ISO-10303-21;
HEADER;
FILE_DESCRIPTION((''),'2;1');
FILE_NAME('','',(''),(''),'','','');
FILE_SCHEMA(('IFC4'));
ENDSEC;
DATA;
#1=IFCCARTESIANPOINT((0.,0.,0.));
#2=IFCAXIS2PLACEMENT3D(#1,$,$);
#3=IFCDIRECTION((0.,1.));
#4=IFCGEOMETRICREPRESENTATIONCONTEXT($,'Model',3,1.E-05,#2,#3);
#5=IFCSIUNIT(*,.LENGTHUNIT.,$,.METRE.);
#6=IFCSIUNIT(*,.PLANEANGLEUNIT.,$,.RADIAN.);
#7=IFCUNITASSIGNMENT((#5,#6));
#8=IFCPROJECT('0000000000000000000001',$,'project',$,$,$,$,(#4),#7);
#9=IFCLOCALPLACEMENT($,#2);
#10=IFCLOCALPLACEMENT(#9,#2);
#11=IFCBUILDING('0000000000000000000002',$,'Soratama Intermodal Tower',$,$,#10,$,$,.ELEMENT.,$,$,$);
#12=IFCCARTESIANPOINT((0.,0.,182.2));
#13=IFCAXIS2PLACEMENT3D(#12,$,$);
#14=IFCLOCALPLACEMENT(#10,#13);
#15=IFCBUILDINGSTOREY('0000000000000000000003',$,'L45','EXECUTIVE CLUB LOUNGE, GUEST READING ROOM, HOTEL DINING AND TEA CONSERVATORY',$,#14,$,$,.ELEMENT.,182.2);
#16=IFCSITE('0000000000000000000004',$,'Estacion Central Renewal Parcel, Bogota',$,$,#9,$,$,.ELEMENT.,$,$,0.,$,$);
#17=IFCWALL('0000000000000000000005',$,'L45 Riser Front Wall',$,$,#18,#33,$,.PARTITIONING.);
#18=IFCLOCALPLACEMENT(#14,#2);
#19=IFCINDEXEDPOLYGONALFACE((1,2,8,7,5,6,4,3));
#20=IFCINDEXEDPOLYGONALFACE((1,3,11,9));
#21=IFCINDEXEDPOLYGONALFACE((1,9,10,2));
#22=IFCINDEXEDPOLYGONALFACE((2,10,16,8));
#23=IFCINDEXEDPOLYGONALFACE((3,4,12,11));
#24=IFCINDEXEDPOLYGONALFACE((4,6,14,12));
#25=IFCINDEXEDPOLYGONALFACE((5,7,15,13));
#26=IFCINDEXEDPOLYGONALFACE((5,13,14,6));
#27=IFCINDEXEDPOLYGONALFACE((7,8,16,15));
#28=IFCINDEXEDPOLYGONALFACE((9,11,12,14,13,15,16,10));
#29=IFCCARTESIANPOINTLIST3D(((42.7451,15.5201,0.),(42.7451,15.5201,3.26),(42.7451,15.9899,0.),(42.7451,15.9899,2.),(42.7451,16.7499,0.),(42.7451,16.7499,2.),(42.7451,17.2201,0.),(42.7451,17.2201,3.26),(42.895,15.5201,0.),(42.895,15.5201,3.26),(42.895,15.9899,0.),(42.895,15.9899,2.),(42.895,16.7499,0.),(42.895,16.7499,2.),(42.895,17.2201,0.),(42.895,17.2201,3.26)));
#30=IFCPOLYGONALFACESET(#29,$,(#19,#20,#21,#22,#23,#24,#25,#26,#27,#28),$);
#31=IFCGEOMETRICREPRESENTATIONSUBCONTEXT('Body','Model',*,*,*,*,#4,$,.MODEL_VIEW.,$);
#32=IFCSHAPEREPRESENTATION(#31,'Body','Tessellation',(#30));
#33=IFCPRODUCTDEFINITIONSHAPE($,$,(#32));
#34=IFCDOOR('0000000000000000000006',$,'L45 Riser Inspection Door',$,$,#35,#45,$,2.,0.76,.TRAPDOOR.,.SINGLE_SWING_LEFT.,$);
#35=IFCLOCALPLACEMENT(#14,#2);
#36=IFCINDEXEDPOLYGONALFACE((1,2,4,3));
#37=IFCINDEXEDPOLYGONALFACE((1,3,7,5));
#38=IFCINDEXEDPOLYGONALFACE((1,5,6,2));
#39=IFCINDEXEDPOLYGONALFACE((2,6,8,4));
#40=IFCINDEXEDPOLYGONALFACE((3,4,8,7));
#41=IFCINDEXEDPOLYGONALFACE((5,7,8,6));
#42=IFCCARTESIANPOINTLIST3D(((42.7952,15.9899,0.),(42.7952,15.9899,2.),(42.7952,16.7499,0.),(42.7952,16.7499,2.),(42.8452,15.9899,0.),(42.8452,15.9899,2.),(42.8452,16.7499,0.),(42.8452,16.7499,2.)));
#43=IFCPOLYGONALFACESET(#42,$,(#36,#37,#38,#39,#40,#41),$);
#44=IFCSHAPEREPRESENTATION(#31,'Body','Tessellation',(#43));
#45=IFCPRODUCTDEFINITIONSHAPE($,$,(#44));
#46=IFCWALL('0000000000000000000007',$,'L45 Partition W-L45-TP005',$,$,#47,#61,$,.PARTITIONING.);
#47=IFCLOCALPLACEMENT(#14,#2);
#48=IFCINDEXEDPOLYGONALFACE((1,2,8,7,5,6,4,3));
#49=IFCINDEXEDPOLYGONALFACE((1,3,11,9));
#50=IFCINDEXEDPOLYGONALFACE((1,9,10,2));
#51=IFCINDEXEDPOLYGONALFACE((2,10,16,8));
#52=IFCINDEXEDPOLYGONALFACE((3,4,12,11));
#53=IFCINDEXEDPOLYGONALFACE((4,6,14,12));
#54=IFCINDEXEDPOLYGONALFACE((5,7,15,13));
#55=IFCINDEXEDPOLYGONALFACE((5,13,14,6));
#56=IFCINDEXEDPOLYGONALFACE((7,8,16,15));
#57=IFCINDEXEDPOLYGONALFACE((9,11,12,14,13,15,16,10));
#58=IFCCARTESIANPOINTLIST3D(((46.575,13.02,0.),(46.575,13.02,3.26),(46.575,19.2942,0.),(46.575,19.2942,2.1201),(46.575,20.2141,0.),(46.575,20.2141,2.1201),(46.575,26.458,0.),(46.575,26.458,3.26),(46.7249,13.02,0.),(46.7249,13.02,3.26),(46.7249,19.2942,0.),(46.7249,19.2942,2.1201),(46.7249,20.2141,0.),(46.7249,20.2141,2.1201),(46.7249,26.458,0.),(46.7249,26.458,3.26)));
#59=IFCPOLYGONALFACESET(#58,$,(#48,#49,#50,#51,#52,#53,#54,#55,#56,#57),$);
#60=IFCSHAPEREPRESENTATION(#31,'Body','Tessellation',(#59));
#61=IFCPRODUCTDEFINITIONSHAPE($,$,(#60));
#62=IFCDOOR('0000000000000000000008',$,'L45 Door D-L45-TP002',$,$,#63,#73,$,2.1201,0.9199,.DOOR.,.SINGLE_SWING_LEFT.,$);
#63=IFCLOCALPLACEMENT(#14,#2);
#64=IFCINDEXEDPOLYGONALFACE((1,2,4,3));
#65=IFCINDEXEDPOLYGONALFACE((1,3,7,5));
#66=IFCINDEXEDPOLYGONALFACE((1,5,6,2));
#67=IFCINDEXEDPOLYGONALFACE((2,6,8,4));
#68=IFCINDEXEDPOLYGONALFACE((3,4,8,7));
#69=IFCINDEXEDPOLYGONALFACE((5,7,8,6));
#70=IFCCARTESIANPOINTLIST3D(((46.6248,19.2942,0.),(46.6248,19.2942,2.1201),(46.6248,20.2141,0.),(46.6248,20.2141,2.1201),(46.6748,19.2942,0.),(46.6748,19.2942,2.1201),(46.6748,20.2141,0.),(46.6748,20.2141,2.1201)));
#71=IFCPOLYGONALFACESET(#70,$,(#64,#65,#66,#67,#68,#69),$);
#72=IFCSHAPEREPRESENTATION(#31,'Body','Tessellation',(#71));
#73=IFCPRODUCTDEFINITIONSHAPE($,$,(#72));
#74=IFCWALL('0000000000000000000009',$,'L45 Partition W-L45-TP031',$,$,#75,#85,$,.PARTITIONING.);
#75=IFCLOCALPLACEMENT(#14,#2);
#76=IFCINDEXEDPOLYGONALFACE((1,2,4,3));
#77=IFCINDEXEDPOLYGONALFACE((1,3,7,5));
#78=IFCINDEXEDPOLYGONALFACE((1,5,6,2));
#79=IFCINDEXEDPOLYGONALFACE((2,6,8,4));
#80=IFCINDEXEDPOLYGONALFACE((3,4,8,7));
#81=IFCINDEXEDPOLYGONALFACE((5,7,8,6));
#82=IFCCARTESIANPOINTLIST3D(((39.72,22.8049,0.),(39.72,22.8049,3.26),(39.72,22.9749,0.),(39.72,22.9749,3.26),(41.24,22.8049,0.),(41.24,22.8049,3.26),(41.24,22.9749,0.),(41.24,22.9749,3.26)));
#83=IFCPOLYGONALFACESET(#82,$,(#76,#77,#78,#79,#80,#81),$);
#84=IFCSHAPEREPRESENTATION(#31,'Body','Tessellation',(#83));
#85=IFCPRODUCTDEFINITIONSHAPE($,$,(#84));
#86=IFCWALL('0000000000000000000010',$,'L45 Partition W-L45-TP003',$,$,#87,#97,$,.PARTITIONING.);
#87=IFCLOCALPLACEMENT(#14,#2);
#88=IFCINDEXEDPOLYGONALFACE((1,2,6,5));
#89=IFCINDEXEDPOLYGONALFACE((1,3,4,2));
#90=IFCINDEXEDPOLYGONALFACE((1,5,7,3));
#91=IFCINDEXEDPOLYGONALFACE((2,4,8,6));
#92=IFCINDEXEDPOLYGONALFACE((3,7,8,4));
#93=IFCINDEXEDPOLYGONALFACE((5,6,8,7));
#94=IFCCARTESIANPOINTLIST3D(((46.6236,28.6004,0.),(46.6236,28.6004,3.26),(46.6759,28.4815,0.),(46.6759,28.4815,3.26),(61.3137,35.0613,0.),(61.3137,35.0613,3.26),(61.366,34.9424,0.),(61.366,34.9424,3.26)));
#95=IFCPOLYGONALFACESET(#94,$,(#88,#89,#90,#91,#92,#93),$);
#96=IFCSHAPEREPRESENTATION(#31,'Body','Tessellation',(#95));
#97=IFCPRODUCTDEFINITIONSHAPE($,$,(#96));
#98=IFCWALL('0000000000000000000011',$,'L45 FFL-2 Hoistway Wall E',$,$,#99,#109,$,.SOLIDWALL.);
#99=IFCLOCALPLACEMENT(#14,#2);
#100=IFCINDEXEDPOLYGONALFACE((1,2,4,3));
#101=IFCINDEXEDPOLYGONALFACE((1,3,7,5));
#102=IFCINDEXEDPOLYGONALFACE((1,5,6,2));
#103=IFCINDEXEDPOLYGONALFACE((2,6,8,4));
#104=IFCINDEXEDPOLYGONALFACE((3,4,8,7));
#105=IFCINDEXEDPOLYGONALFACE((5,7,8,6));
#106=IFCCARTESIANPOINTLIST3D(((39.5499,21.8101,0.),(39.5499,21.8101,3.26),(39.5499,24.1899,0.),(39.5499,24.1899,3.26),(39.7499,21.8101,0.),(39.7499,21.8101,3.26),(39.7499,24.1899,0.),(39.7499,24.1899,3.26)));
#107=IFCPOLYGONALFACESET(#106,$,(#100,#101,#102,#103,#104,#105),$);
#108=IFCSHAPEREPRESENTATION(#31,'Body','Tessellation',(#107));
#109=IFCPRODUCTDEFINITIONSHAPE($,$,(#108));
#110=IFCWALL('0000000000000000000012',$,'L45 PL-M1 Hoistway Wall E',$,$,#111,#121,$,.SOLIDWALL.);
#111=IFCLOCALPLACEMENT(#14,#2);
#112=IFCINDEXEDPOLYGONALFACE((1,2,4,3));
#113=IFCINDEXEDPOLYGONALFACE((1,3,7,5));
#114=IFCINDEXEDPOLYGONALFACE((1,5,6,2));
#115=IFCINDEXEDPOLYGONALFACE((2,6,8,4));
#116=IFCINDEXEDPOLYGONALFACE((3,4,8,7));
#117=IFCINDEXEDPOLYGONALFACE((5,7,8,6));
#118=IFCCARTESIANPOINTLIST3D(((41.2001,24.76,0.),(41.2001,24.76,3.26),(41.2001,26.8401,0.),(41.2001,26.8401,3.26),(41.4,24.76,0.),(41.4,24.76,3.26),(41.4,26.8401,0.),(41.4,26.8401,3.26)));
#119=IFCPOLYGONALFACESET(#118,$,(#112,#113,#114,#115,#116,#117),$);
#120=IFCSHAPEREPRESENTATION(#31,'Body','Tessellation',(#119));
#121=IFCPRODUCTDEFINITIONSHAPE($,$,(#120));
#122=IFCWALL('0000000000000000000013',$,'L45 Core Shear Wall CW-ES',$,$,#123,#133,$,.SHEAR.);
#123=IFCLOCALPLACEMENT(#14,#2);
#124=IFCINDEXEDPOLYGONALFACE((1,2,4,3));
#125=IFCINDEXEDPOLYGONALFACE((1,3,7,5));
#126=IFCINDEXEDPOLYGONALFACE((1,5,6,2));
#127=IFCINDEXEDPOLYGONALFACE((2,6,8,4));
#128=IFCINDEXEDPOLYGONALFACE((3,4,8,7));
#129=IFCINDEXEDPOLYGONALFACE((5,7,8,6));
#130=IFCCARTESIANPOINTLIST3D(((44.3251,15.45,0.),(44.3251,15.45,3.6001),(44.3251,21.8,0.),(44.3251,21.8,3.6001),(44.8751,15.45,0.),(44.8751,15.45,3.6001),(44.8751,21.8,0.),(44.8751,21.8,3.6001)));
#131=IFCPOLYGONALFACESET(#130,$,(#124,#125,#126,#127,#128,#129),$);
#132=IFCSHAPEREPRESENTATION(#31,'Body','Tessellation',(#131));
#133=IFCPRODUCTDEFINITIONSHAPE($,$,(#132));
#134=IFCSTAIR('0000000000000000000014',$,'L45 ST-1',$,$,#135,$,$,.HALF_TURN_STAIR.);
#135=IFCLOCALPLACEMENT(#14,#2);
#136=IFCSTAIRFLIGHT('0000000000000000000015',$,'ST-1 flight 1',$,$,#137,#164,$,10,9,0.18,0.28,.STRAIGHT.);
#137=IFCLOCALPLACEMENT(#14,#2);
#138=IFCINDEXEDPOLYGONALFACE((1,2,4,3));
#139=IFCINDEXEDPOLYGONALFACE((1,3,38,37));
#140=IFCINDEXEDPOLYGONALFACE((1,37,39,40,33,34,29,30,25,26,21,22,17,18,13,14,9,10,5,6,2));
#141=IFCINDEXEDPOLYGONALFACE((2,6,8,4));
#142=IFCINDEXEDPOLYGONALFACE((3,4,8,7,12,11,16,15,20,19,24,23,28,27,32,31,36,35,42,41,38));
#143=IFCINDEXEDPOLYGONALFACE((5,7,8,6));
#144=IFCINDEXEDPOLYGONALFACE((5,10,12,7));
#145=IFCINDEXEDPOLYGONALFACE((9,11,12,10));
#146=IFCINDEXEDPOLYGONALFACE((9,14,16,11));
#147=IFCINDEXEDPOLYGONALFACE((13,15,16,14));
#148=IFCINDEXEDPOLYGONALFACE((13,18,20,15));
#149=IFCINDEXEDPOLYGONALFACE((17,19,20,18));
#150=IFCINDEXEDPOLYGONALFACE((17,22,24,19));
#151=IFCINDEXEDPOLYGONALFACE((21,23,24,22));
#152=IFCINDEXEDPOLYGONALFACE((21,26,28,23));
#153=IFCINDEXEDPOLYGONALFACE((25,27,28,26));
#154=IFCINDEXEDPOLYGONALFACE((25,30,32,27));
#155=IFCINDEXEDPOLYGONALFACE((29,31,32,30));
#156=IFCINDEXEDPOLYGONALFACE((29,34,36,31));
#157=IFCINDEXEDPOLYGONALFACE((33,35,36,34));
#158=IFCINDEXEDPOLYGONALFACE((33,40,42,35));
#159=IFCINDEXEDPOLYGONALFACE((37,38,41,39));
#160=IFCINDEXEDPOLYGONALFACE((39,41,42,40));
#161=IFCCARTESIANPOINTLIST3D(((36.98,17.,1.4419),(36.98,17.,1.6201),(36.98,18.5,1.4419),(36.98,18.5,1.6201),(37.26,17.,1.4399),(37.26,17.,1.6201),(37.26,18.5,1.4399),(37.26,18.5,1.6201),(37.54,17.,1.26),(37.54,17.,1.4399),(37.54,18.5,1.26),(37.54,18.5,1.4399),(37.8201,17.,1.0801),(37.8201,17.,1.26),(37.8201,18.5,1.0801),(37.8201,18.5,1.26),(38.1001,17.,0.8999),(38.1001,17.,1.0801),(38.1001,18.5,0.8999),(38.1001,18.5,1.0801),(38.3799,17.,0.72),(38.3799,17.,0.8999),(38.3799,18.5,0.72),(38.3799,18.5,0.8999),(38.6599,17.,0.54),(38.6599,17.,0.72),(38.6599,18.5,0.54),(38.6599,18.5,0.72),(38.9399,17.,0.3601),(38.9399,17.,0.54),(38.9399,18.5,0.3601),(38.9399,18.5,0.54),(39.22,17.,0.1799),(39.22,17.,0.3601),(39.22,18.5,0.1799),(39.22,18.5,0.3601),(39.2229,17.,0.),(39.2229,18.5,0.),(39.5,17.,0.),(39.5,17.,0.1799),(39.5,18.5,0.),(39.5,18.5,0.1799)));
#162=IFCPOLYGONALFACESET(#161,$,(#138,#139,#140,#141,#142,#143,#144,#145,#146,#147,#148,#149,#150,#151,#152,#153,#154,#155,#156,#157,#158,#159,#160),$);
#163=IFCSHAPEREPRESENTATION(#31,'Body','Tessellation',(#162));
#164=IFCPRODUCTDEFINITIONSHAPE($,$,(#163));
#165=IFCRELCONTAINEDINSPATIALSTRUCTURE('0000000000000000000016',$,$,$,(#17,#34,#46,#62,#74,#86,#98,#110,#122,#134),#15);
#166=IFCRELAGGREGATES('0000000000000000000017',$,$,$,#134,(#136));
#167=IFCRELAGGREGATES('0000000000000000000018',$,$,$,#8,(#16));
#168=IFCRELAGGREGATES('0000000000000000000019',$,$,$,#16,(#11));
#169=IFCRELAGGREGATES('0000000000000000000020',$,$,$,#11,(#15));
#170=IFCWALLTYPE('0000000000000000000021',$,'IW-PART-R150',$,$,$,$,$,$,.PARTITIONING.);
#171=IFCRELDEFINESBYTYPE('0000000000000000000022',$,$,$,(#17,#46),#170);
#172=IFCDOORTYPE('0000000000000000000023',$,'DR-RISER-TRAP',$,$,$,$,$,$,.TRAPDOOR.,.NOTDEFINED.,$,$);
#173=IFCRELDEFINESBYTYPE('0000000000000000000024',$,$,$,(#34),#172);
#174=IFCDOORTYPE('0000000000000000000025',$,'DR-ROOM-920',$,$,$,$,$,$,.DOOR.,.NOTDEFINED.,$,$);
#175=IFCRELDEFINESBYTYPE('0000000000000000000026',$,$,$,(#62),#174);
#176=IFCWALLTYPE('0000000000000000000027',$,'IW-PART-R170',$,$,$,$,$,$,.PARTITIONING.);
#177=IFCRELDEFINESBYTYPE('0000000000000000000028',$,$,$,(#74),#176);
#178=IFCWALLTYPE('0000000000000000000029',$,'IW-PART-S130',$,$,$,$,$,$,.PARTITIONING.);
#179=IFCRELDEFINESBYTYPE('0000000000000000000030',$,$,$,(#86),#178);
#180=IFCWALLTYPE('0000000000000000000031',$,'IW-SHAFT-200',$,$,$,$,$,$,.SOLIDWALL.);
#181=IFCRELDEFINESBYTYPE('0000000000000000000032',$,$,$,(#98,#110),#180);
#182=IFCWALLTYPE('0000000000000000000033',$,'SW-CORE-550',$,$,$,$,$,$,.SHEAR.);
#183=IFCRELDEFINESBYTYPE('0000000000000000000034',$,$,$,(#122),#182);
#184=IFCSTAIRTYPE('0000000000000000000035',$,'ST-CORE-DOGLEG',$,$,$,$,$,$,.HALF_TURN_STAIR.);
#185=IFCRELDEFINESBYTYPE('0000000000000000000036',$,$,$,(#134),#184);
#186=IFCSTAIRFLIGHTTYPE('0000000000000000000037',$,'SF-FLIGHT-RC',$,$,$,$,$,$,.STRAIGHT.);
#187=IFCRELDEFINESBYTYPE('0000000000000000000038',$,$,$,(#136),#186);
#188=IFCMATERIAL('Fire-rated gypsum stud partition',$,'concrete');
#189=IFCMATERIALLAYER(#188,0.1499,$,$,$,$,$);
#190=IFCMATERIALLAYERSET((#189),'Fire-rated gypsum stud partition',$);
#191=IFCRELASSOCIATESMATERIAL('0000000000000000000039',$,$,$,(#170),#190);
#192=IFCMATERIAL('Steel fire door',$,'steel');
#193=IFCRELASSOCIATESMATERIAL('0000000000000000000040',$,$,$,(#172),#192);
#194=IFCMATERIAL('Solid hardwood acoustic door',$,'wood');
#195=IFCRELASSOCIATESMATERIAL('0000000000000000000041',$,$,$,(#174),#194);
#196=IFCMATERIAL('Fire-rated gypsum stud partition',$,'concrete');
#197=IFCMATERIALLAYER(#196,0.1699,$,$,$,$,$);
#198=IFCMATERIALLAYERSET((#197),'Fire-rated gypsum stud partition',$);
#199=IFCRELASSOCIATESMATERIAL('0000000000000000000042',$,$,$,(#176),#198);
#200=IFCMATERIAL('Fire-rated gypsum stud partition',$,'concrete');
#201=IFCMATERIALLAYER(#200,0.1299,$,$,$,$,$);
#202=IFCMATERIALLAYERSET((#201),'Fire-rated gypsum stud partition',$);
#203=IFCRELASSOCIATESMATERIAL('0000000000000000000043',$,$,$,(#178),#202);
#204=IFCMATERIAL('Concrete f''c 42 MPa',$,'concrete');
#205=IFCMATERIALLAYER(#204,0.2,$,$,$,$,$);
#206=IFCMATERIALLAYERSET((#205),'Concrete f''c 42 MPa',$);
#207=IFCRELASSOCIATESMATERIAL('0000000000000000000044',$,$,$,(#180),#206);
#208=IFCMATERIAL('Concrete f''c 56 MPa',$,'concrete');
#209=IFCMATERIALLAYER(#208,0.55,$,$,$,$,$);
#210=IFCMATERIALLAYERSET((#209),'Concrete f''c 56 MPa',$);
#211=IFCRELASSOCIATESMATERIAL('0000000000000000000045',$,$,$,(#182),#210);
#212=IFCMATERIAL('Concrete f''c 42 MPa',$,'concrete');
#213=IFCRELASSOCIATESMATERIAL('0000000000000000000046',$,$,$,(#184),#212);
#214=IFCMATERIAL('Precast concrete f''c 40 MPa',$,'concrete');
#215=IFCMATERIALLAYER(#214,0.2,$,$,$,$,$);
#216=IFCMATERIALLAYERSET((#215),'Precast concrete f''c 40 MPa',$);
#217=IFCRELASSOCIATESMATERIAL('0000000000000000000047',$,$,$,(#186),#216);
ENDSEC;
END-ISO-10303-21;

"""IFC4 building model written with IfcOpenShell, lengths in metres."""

from ifc_helpers import new_model, si_unit, direction, frame, frame_2d, origin, place, context, subcontext, project, spatial, polyline, rectangle, outline, extrude, material, layer, layer_set, type_object, element, fill, aggregate, save


model = new_model("IFC4")

# Units and contexts
model_context = context("Model", 3, precision=1e-05, world=origin(), true_north=direction((0.0, 1.0)))
body_context = subcontext(model_context, "Body", "Model", "MODEL_VIEW")
ifc_project = project(units=[si_unit("LENGTHUNIT", "METRE"), si_unit("PLANEANGLEUNIT", "RADIAN")], contexts=[model_context])

# Site, building, storey
site_placement = place(None, origin())
site = spatial("IfcSite", under=ifc_project, at=site_placement, Name="Estacion Central Renewal Parcel, Bogota", CompositionType="ELEMENT", RefElevation=0.0)
building_placement = place(site_placement, origin())
building = spatial("IfcBuilding", under=site, at=building_placement, Name="Soratama Intermodal Tower", CompositionType="ELEMENT")
storey_placement = place(building_placement, frame((0.0, 0.0, 182.2)))
storey = spatial("IfcBuildingStorey", under=building, at=storey_placement, Name="L45", Description="EXECUTIVE CLUB LOUNGE, GUEST READING ROOM, HOTEL DINING AND TEA CONSERVATORY", CompositionType="ELEMENT", Elevation=182.2)

# Shared definitions
ifc_material_1 = material(Name="Fire-rated gypsum stud partition", Category="concrete")
ifc_layer_1 = layer(ifc_material_1, 0.1499)
ifc_layer_set_1 = layer_set([ifc_layer_1], Name="Fire-rated gypsum stud partition")
wall_type_1 = type_object("IfcWallType", Name="IW-PART-R150", PredefinedType="PARTITIONING", material=ifc_layer_set_1)

# Walls, openings, doors
wall_1_placement = place(storey_placement, frame((42.8201, 15.52, 0.0), z_axis=(0.0, 0.0, 1.0), x_axis=(0.0, 1.0, 0.0)))
wall_1 = element("IfcWall", 1, at=wall_1_placement, inside=storey, type_object=wall_type_1, Name="L45 Riser Front Wall", PredefinedType="PARTITIONING", context=body_context, shape_type="SweptSolid", body=[
    extrude(rectangle(XDim=1.7, YDim=0.1499, at=frame_2d((0.8501, 0.0))), origin(), (0.0, 0.0, 1.0), 3.26),
])
opening_1_placement = place(wall_1_placement, frame((0.47, 0.0, 0.0)))
opening_1 = element("IfcOpeningElement", 2, at=opening_1_placement, cuts=wall_1, PredefinedType="OPENING", context=body_context, shape_type="SweptSolid", body=[
    extrude(rectangle(XDim=0.76, YDim=2.0, at=frame_2d((0.3799, 1.0))), frame((0.0, 0.085, 0.0), z_axis=(0.0, -1.0, 0.0), x_axis=(1.0, 0.0, 0.0)), (0.0, 0.0, 1.0), 0.1699),
])
ifc_material_2 = material(Name="Steel fire door", Category="steel")
door_type_1 = type_object("IfcDoorType", Name="DR-RISER-TRAP", OperationType="NOTDEFINED", PredefinedType="TRAPDOOR", material=ifc_material_2)
door_1_placement = place(opening_1_placement, origin())
door_1 = element("IfcDoor", 3, at=door_1_placement, inside=storey, type_object=door_type_1, Name="L45 Riser Inspection Door", OperationType="SINGLE_SWING_LEFT", OverallHeight=2.0, OverallWidth=0.76, PredefinedType="TRAPDOOR", context=body_context, shape_type="SweptSolid", body=[
    extrude(rectangle(XDim=0.76, YDim=2.0, at=frame_2d((0.3799, 1.0))), frame((0.0, 0.0249, 0.0), z_axis=(0.0, -1.0, 0.0), x_axis=(1.0, 0.0, 0.0)), (0.0, 0.0, 1.0), 0.05),
])
fill(opening_1, door_1)
wall_2_placement = place(storey_placement, frame((46.6499, 26.458, 0.0), z_axis=(0.0, 0.0, 1.0), x_axis=(0.0, -1.0, 0.0)))
wall_2 = element("IfcWall", 4, at=wall_2_placement, inside=storey, type_object=wall_type_1, Name="L45 Partition W-L45-TP005", PredefinedType="PARTITIONING", context=body_context, shape_type="SweptSolid", body=[
    extrude(rectangle(XDim=13.438, YDim=0.1499, at=frame_2d((6.719, 0.0))), origin(), (0.0, 0.0, 1.0), 3.26),
])
opening_2_placement = place(wall_2_placement, frame((6.2439, 0.0, 0.0)))
opening_2 = element("IfcOpeningElement", 5, at=opening_2_placement, cuts=wall_2, PredefinedType="OPENING", context=body_context, shape_type="SweptSolid", body=[
    extrude(rectangle(XDim=0.9199, YDim=2.1201, at=frame_2d((0.46, 1.0601))), frame((0.0, 0.085, 0.0), z_axis=(0.0, -1.0, 0.0), x_axis=(1.0, 0.0, 0.0)), (0.0, 0.0, 1.0), 0.1699),
])
ifc_material_3 = material(Name="Solid hardwood acoustic door", Category="wood")
door_type_2 = type_object("IfcDoorType", Name="DR-ROOM-920", OperationType="NOTDEFINED", PredefinedType="DOOR", material=ifc_material_3)
door_2_placement = place(opening_2_placement, origin())
door_2 = element("IfcDoor", 6, at=door_2_placement, inside=storey, type_object=door_type_2, Name="L45 Door D-L45-TP002", OperationType="SINGLE_SWING_LEFT", OverallHeight=2.1201, OverallWidth=0.9199, PredefinedType="DOOR", context=body_context, shape_type="SweptSolid", body=[
    extrude(rectangle(XDim=0.9199, YDim=2.1201, at=frame_2d((0.46, 1.0601))), frame((0.0, 0.0249, 0.0), z_axis=(0.0, -1.0, 0.0), x_axis=(1.0, 0.0, 0.0)), (0.0, 0.0, 1.0), 0.05),
])
fill(opening_2, door_2)
ifc_material_4 = material(Name="Fire-rated gypsum stud partition", Category="concrete")
ifc_layer_2 = layer(ifc_material_4, 0.1699)
ifc_layer_set_2 = layer_set([ifc_layer_2], Name="Fire-rated gypsum stud partition")
wall_type_2 = type_object("IfcWallType", Name="IW-PART-R170", PredefinedType="PARTITIONING", material=ifc_layer_set_2)

# Walls
wall_3_placement = place(storey_placement, frame((39.72, 22.8899, 0.0), z_axis=(0.0, 0.0, 1.0), x_axis=(1.0, 0.0, 0.0)))
element("IfcWall", 7, at=wall_3_placement, inside=storey, type_object=wall_type_2, Name="L45 Partition W-L45-TP031", PredefinedType="PARTITIONING", context=body_context, shape_type="SweptSolid", body=[
    extrude(rectangle(XDim=1.52, YDim=0.1699, at=frame_2d((0.76, 0.0))), origin(), (0.0, 0.0, 1.0), 3.26),
])
ifc_material_5 = material(Name="Fire-rated gypsum stud partition", Category="concrete")
ifc_layer_3 = layer(ifc_material_5, 0.1299)
ifc_layer_set_3 = layer_set([ifc_layer_3], Name="Fire-rated gypsum stud partition")
wall_type_3 = type_object("IfcWallType", Name="IW-PART-S130", PredefinedType="PARTITIONING", material=ifc_layer_set_3)
wall_4_placement = place(storey_placement, frame((46.6499, 28.541, 0.0), z_axis=(0.0, 0.0, 1.0), x_axis=(0.915378, 0.402595, 0.0)))
element("IfcWall", 8, at=wall_4_placement, inside=storey, type_object=wall_type_3, Name="L45 Partition W-L45-TP003", PredefinedType="PARTITIONING", context=body_context, shape_type="SweptSolid", body=[
    extrude(rectangle(XDim=16.0481, YDim=0.1299, at=frame_2d((8.0239, 0.0))), origin(), (0.0, 0.0, 1.0), 3.26),
])
ifc_material_6 = material(Name="Concrete f'c 42 MPa", Category="concrete")
ifc_layer_4 = layer(ifc_material_6, 0.2)
ifc_layer_set_4 = layer_set([ifc_layer_4], Name="Concrete f'c 42 MPa")
wall_type_4 = type_object("IfcWallType", Name="IW-SHAFT-200", PredefinedType="SOLIDWALL", material=ifc_layer_set_4)
wall_5_placement = place(storey_placement, frame((39.6499, 21.8101, 0.0), z_axis=(0.0, 0.0, 1.0), x_axis=(0.0, 1.0, 0.0)))
element("IfcWall", 9, at=wall_5_placement, inside=storey, type_object=wall_type_4, Name="L45 FFL-2 Hoistway Wall E", PredefinedType="SOLIDWALL", context=body_context, shape_type="SweptSolid", body=[
    extrude(rectangle(XDim=2.3799, YDim=0.2, at=frame_2d((1.1899, 0.0))), origin(), (0.0, 0.0, 1.0), 3.26),
])
wall_6_placement = place(storey_placement, frame((41.3, 24.76, 0.0), z_axis=(0.0, 0.0, 1.0), x_axis=(0.0, 1.0, 0.0)))
element("IfcWall", 10, at=wall_6_placement, inside=storey, type_object=wall_type_4, Name="L45 PL-M1 Hoistway Wall E", PredefinedType="SOLIDWALL", context=body_context, shape_type="SweptSolid", body=[
    extrude(rectangle(XDim=2.0801, YDim=0.2, at=frame_2d((1.04, 0.0))), origin(), (0.0, 0.0, 1.0), 3.26),
])
ifc_material_7 = material(Name="Concrete f'c 56 MPa", Category="concrete")
ifc_layer_5 = layer(ifc_material_7, 0.55)
ifc_layer_set_5 = layer_set([ifc_layer_5], Name="Concrete f'c 56 MPa")
wall_type_5 = type_object("IfcWallType", Name="SW-CORE-550", PredefinedType="SHEAR", material=ifc_layer_set_5)
wall_7_placement = place(storey_placement, frame((44.6001, 15.45, 0.0), z_axis=(0.0, 0.0, 1.0), x_axis=(0.0, 1.0, 0.0)))
element("IfcWall", 11, at=wall_7_placement, inside=storey, type_object=wall_type_5, Name="L45 Core Shear Wall CW-ES", PredefinedType="SHEAR", context=body_context, shape_type="SweptSolid", body=[
    extrude(rectangle(XDim=6.3501, YDim=0.55, at=frame_2d((3.175, 0.0))), origin(), (0.0, 0.0, 1.0), 3.6001),
])

# Stair, stair flight
ifc_material_8 = material(Name="Concrete f'c 42 MPa", Category="concrete")
stair_type = type_object("IfcStairType", Name="ST-CORE-DOGLEG", PredefinedType="HALF_TURN_STAIR", material=ifc_material_8)
stair_placement = place(storey_placement, origin())
stair = element("IfcStair", 12, at=stair_placement, inside=storey, type_object=stair_type, Name="L45 ST-1", PredefinedType="HALF_TURN_STAIR")
ifc_material_9 = material(Name="Precast concrete f'c 40 MPa", Category="concrete")
ifc_layer_6 = layer(ifc_material_9, 0.2)
ifc_layer_set_6 = layer_set([ifc_layer_6], Name="Precast concrete f'c 40 MPa")
stair_flight_type = type_object("IfcStairFlightType", Name="SF-FLIGHT-RC", PredefinedType="STRAIGHT", material=ifc_layer_set_6)
stair_flight_placement = place(storey_placement, frame((39.5, 17.75, 0.0), z_axis=(0.0, 0.0, 1.0), x_axis=(-1.0, 0.0, 0.0)))
stair_flight = element("IfcStairFlight", 13, at=stair_flight_placement, type_object=stair_flight_type, Name="ST-1 flight 1", NumberOfRisers=10, NumberOfTreads=9, PredefinedType="STRAIGHT", RiserHeight=0.18, TreadLength=0.28, context=body_context, shape_type="SweptSolid", body=[
    extrude(outline(polyline([(0.0, 0.0), (0.0, 0.1799), (0.28, 0.1799), (0.28, 0.3601), (0.5601, 0.3601), (0.5601, 0.54), (0.8401, 0.54), (0.8401, 0.72), (1.1201, 0.72), (1.1201, 0.8999), (1.3999, 0.8999), (1.3999, 1.0801), (1.6799, 1.0801), (1.6799, 1.26), (1.96, 1.26), (1.96, 1.4399), (2.24, 1.4399), (2.24, 1.6201), (2.52, 1.6201), (2.52, 1.8), (2.52, 1.4419), (0.2771, 0.0), (0.0, 0.0)])), frame((0.0, 0.75, 0.0), z_axis=(0.0, -1.0, 0.0), x_axis=(1.0, 0.0, 0.0)), (0.0, 0.0, 1.0), 1.5),
])
aggregate(stair, [stair_flight])

save(model, "model.ifc")
